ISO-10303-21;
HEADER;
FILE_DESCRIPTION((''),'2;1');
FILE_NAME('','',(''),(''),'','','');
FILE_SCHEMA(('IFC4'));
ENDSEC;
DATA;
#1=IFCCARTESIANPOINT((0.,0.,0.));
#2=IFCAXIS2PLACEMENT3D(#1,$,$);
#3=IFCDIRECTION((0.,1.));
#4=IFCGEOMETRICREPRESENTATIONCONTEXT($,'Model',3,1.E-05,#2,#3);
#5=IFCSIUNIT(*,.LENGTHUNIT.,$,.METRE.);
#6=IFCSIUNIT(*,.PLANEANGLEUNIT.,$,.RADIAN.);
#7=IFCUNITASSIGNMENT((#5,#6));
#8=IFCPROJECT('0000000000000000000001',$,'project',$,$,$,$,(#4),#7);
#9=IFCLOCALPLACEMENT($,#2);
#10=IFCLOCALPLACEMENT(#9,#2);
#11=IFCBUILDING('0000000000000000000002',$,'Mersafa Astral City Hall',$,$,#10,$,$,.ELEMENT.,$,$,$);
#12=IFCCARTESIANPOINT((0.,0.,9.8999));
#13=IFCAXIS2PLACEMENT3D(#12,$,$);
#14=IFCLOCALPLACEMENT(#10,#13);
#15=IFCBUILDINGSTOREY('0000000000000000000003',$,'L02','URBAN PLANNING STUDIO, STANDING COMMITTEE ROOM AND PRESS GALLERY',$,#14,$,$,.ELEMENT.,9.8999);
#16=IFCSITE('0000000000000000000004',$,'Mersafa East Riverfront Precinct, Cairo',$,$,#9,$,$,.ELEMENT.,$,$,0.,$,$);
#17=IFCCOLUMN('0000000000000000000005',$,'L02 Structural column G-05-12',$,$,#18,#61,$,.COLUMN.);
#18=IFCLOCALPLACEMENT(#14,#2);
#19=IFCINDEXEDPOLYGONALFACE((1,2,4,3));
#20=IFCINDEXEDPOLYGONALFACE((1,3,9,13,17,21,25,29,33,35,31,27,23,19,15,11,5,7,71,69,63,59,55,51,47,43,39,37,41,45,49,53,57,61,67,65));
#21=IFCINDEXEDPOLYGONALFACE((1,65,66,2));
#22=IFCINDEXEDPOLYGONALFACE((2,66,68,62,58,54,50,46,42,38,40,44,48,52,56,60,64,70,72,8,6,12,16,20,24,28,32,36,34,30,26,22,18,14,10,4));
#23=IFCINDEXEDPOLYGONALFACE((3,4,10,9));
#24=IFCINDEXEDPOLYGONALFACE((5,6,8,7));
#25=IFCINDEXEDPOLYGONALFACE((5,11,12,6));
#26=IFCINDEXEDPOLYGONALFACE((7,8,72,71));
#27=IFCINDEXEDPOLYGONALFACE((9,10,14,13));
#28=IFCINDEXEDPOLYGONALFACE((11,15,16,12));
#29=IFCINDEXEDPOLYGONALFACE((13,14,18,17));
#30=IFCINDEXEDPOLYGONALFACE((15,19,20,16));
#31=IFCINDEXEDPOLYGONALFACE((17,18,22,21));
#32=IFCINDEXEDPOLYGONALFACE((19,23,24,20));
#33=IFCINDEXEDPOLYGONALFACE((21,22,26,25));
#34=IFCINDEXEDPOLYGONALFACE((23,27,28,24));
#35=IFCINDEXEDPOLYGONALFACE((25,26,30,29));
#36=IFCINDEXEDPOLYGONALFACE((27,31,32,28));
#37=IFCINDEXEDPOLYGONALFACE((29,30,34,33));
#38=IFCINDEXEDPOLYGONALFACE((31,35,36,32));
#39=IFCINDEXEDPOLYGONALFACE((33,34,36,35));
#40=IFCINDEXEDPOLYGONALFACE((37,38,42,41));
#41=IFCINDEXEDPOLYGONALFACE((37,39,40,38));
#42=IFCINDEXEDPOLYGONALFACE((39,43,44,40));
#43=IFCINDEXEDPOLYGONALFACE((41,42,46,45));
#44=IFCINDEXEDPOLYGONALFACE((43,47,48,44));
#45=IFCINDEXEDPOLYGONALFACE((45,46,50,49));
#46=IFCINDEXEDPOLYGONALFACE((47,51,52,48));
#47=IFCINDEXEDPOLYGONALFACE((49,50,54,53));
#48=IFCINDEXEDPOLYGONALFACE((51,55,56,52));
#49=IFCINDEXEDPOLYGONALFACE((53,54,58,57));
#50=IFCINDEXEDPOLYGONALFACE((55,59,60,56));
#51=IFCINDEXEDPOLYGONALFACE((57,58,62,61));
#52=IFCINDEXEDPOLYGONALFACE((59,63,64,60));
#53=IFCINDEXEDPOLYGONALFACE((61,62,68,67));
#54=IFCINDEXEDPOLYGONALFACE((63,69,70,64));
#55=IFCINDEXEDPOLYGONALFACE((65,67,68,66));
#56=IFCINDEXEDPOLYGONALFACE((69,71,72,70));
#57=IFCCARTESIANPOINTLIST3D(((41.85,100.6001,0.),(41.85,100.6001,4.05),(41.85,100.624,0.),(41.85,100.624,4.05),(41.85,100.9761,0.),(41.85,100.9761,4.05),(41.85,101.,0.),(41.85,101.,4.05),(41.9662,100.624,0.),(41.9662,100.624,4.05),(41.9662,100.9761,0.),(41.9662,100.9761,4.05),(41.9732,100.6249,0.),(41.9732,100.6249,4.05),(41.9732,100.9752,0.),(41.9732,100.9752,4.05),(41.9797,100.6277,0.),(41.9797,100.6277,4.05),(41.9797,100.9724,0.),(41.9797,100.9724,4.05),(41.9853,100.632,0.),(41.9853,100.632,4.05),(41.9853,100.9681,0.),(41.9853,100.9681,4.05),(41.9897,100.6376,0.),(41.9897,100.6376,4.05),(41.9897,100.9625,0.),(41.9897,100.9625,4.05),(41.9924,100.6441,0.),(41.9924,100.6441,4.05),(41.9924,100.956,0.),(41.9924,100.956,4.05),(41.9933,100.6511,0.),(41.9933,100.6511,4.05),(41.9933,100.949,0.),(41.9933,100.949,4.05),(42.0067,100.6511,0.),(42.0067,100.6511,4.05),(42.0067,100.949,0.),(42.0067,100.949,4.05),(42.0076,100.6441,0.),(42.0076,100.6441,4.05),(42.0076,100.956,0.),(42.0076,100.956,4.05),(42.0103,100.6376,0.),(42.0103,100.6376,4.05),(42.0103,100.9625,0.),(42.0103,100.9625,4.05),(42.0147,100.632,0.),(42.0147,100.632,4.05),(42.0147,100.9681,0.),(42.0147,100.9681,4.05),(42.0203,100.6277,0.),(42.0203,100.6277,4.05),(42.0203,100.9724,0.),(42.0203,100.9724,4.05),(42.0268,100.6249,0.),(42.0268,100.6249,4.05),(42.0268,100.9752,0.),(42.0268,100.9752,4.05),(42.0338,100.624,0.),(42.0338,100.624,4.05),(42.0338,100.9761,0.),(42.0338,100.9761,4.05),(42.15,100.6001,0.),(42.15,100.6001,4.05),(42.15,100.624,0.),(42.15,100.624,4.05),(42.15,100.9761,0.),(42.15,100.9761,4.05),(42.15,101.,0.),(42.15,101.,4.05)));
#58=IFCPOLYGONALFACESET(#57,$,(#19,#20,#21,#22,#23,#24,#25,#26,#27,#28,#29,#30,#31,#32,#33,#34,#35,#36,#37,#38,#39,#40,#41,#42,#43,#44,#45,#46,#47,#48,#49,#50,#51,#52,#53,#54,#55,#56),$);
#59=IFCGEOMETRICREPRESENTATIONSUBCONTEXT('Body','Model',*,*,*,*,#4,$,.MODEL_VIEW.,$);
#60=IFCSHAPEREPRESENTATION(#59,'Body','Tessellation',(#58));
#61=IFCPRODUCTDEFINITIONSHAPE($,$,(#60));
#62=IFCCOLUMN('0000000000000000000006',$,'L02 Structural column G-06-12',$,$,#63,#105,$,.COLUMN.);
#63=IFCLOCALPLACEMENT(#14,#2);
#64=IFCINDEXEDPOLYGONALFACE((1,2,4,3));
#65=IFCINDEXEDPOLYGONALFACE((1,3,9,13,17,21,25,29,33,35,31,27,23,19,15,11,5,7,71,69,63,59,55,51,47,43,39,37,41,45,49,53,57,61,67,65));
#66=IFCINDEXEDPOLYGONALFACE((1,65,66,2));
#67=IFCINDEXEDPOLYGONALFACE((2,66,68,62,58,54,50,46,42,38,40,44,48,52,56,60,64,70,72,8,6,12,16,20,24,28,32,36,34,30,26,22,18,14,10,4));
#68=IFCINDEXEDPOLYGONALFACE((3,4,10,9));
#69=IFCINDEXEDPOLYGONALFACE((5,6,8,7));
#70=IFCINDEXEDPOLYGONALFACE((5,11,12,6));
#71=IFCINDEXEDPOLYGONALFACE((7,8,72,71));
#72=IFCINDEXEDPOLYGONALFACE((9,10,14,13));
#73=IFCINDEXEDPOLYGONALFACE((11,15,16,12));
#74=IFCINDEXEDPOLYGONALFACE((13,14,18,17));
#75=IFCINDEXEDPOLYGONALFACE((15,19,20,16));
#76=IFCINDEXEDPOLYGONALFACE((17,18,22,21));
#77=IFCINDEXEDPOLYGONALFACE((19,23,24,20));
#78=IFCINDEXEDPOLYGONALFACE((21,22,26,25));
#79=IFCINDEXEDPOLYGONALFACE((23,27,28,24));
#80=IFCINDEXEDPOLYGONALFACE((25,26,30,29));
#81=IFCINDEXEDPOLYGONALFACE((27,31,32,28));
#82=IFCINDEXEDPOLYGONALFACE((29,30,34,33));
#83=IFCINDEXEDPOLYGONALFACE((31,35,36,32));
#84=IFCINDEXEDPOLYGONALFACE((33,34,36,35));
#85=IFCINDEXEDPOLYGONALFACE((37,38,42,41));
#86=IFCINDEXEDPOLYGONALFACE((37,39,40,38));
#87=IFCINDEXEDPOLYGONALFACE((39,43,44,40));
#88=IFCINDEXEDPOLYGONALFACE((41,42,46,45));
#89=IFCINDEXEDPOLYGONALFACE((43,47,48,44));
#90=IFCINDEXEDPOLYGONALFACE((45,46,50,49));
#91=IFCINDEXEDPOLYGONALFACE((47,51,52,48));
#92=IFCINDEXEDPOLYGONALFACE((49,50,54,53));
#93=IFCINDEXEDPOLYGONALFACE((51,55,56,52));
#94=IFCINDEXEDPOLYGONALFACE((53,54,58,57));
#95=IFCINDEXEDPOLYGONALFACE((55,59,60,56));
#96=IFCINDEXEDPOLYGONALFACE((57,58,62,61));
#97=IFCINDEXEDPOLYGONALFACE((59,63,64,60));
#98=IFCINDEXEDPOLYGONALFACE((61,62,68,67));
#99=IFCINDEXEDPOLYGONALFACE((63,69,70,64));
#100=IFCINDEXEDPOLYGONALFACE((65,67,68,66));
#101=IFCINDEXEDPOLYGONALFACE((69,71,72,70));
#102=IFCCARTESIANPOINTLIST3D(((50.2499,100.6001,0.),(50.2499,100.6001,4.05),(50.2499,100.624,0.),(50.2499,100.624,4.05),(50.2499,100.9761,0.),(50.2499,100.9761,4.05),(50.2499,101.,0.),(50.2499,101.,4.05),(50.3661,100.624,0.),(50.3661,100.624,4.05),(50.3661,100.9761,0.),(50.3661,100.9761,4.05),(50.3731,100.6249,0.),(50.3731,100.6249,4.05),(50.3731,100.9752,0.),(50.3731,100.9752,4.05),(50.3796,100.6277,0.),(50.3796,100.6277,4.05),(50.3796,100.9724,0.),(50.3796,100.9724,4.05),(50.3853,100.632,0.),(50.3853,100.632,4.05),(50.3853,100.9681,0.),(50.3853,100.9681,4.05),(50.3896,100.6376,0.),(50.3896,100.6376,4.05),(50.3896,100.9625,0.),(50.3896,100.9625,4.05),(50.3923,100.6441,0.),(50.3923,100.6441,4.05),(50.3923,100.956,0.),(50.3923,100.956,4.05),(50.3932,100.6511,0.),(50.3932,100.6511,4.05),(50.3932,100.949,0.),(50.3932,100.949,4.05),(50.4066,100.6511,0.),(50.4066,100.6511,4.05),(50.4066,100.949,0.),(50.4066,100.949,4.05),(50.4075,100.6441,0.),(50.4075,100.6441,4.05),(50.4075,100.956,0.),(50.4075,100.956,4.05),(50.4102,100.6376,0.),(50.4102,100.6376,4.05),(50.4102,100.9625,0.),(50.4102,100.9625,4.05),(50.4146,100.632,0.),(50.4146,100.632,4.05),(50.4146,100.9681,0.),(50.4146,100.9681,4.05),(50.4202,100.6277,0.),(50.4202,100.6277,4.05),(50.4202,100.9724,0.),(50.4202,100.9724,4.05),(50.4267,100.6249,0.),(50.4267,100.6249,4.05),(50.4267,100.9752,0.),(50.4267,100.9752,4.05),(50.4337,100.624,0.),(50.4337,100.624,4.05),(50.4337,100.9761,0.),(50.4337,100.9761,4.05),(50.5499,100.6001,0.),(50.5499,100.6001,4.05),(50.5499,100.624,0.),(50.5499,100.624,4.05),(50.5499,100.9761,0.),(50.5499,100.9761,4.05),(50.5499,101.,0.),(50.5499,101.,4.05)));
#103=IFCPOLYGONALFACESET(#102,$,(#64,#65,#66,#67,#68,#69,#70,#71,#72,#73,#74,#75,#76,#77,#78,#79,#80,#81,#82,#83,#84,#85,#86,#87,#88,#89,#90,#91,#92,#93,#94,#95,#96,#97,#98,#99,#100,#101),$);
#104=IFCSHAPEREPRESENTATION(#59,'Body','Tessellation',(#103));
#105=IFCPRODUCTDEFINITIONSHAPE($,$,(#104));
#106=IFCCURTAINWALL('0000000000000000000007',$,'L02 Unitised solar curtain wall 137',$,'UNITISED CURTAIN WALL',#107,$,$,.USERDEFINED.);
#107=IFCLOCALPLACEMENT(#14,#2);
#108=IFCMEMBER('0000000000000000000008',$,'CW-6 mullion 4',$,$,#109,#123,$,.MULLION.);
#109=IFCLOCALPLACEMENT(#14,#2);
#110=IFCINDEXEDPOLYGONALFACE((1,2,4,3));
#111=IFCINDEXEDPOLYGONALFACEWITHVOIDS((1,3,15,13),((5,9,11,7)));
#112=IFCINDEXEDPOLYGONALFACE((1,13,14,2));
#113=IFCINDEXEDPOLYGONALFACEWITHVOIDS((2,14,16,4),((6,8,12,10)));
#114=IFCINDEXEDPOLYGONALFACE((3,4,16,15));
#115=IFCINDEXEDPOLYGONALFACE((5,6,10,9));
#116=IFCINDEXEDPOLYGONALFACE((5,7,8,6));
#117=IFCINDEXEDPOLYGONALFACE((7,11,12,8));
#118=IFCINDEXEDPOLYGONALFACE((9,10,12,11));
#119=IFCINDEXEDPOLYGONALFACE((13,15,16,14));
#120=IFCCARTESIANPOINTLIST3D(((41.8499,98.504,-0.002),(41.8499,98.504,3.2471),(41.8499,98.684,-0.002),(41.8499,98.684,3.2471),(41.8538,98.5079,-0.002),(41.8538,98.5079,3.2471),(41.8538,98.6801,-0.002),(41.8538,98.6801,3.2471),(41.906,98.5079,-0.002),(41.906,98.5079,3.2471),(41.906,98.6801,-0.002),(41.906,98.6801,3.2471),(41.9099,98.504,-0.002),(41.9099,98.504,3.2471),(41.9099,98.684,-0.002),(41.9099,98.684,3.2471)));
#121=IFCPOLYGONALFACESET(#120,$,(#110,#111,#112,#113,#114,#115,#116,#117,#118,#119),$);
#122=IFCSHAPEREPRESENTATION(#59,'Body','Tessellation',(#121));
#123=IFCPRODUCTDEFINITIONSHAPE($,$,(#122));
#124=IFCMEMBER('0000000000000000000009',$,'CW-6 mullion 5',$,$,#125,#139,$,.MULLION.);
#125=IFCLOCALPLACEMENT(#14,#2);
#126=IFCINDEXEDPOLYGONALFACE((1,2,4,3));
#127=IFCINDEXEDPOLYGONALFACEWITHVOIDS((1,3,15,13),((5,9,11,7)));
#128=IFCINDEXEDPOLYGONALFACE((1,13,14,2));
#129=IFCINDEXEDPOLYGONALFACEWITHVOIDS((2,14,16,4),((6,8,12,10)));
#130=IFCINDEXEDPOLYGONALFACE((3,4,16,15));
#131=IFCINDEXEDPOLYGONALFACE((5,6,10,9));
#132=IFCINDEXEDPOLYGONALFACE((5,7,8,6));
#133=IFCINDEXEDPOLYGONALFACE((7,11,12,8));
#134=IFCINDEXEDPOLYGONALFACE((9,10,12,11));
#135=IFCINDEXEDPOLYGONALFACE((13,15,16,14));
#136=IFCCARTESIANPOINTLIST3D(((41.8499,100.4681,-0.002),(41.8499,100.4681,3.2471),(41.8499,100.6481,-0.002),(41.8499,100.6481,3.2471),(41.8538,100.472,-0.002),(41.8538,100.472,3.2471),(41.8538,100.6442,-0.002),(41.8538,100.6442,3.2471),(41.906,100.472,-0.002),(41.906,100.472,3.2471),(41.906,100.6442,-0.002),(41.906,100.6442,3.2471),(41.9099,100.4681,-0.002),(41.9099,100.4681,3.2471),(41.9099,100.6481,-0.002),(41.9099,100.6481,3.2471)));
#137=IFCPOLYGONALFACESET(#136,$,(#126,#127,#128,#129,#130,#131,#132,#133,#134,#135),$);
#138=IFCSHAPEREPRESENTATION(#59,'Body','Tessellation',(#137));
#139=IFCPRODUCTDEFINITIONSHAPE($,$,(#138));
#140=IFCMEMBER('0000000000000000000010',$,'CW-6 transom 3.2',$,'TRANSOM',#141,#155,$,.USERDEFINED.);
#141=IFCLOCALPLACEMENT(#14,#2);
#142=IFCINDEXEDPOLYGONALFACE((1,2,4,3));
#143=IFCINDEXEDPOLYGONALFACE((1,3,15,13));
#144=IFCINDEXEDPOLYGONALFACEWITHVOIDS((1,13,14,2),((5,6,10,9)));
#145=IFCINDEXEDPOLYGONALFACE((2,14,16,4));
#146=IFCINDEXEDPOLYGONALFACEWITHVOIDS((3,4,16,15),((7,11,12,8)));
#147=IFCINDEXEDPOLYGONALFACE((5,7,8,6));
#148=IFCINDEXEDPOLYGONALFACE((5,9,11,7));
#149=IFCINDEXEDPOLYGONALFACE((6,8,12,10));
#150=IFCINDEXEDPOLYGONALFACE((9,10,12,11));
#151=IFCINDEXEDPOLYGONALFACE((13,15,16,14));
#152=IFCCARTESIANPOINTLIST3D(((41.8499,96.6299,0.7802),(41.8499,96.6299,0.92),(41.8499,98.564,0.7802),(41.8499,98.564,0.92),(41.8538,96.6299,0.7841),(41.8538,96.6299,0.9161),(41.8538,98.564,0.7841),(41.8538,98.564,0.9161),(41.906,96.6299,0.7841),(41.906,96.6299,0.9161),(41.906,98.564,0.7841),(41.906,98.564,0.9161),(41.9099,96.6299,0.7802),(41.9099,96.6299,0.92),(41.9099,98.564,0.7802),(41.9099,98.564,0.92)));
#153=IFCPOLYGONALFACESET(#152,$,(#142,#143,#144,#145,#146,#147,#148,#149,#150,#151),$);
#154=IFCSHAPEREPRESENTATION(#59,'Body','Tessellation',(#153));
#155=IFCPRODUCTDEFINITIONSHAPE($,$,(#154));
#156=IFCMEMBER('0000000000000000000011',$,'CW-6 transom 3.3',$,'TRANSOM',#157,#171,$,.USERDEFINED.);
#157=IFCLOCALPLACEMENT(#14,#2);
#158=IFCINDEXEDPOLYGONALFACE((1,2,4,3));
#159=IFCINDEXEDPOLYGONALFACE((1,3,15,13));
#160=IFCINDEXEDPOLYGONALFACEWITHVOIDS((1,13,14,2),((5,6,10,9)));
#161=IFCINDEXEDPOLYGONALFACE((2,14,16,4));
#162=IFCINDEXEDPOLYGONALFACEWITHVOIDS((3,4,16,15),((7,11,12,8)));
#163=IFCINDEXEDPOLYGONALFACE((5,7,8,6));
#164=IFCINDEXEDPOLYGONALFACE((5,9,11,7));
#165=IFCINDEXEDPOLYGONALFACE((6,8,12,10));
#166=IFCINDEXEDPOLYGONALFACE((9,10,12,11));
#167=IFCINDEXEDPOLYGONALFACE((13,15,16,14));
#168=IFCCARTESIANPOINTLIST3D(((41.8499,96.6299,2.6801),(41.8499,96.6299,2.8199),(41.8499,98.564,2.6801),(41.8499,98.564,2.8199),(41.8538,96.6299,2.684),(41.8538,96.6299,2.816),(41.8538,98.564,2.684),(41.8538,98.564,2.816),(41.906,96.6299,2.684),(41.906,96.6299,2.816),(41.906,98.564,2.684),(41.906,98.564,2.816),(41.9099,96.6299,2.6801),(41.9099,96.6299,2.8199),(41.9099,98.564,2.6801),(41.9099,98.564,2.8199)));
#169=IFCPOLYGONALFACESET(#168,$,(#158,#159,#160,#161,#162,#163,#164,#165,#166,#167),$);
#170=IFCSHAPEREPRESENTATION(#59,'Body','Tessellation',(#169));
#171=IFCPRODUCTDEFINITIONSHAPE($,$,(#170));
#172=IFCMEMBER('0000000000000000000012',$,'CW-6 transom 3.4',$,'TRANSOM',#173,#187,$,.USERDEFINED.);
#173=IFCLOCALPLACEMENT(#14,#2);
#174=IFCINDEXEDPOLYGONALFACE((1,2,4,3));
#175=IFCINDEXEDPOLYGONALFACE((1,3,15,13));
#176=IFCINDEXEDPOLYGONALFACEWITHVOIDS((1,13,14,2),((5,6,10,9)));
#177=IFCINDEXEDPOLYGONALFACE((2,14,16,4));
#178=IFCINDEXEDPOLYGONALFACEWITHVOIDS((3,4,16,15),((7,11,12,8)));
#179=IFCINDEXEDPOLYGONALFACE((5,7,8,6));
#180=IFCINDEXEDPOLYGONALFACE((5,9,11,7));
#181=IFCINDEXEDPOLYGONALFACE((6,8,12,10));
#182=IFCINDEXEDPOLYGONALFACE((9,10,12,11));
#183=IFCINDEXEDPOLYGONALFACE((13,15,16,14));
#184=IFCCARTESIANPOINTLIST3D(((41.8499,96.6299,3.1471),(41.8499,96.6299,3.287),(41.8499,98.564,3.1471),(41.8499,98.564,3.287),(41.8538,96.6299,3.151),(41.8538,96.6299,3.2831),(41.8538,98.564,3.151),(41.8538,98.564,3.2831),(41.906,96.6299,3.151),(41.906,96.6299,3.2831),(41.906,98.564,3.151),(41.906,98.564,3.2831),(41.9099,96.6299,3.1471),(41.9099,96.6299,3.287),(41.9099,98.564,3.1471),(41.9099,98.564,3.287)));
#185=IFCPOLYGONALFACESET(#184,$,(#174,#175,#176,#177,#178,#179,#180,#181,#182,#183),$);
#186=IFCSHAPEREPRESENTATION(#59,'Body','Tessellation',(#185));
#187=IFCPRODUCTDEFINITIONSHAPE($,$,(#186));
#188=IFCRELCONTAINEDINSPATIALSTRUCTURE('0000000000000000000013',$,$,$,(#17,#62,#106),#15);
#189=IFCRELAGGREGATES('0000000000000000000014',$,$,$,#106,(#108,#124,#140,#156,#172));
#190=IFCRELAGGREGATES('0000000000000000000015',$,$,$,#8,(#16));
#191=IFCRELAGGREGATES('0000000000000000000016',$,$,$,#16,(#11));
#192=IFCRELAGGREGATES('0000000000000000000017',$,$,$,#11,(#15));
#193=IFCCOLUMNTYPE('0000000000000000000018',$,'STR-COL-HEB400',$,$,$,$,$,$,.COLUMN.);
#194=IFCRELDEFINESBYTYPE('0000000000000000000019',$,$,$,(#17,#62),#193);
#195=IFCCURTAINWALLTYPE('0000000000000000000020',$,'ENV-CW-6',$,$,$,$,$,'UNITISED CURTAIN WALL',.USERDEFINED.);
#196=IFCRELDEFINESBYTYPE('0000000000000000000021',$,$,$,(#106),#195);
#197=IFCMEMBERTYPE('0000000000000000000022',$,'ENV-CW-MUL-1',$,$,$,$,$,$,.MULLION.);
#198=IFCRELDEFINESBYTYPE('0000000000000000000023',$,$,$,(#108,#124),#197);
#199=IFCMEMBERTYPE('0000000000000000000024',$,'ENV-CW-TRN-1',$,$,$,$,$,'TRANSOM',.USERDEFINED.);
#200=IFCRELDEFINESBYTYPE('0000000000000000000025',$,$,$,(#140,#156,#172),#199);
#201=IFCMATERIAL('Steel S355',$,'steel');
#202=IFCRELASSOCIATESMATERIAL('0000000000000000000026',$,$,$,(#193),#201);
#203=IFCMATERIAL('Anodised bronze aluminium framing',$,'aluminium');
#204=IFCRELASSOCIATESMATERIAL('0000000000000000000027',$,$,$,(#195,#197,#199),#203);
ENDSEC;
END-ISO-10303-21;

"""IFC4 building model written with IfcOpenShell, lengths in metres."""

from ifc_helpers import new_model, si_unit, direction, frame, origin, origin_2d, place, context, subcontext, project, spatial, hollow_rectangle, i_section, extrude, material, material_profile, profile_set, type_object, element, aggregate, save


model = new_model("IFC4")

# Units and contexts
model_context = context("Model", 3, precision=1e-05, world=origin(), true_north=direction((0.0, 1.0)))
body_context = subcontext(model_context, "Body", "Model", "MODEL_VIEW")
ifc_project = project(units=[si_unit("LENGTHUNIT", "METRE"), si_unit("PLANEANGLEUNIT", "RADIAN")], contexts=[model_context])

# Site, building, storey
site_placement = place(None, origin())
site = spatial("IfcSite", under=ifc_project, at=site_placement, Name="Mersafa East Riverfront Precinct, Cairo", CompositionType="ELEMENT", RefElevation=0.0)
building_placement = place(site_placement, origin())
building = spatial("IfcBuilding", under=site, at=building_placement, Name="Mersafa Astral City Hall", CompositionType="ELEMENT")
storey_placement = place(building_placement, frame((0.0, 0.0, 9.8999)))
storey = spatial("IfcBuildingStorey", under=building, at=storey_placement, Name="L02", Description="URBAN PLANNING STUDIO, STANDING COMMITTEE ROOM AND PRESS GALLERY", CompositionType="ELEMENT", Elevation=9.8999)

# Columns
ifc_material_1 = material(Name="Steel S355", Category="steel")
ifc_material_profile_1 = material_profile(ifc_material_1, i_section(OverallWidth=0.3, OverallDepth=0.3999, WebThickness=0.0134, FlangeThickness=0.0239, FilletRadius=0.0271, at=origin_2d()), Name="HEB 400")
ifc_profile_set_1 = profile_set([ifc_material_profile_1], Name="Steel S355")
column_type = type_object("IfcColumnType", Name="STR-COL-HEB400", PredefinedType="COLUMN", material=ifc_profile_set_1)
for number, where, z_axis, x_axis, name in (
    (1, (42.0, 100.8, 0.0), (0.0, 0.0, 1.0), (1.0, 0.0, 0.0), "L02 Structural column G-05-12"),
    (2, (50.3999, 100.8, 0.0), (0.0, 0.0, 1.0), (1.0, 0.0, 0.0), "L02 Structural column G-06-12"),
):
    element("IfcColumn", number, at=place(storey_placement, frame(where, z_axis=z_axis, x_axis=x_axis)), inside=storey, type_object=column_type, Name=name, PredefinedType="COLUMN", context=body_context, shape_type="SweptSolid", body=[
        extrude(i_section(OverallWidth=0.3, OverallDepth=0.3999, WebThickness=0.0134, FlangeThickness=0.0239, FilletRadius=0.0271, at=origin_2d()), origin(), (0.0, 0.0, 1.0), 4.05),
    ])

# Curtain wall, members
ifc_material_2 = material(Name="Anodised bronze aluminium framing", Category="aluminium")
curtain_wall_type = type_object("IfcCurtainWallType", Name="ENV-CW-6", ElementType="UNITISED CURTAIN WALL", PredefinedType="USERDEFINED", material=ifc_material_2)
curtain_wall_placement = place(storey_placement, origin())
curtain_wall = element("IfcCurtainWall", 3, at=curtain_wall_placement, inside=storey, type_object=curtain_wall_type, Name="L02 Unitised solar curtain wall 137", ObjectType="UNITISED CURTAIN WALL", PredefinedType="USERDEFINED")
ifc_material_profile_2 = material_profile(ifc_material_2, hollow_rectangle(XDim=0.0601, YDim=0.1799, WallThickness=0.0039, at=origin_2d()), Name="RHS 60x180x4")
ifc_profile_set_2 = profile_set([ifc_material_profile_2], Name="Anodised bronze aluminium framing")
member_type_1 = type_object("IfcMemberType", Name="ENV-CW-MUL-1", PredefinedType="MULLION", material=ifc_profile_set_2)
member_1_placement = place(storey_placement, frame((41.8799, 98.594, -0.002), z_axis=(0.0, 0.0, 1.0), x_axis=(-1.0, 0.0, 0.0)))
member_1 = element("IfcMember", 4, at=member_1_placement, type_object=member_type_1, Name="CW-6 mullion 4", PredefinedType="MULLION", context=body_context, shape_type="SweptSolid", body=[
    extrude(hollow_rectangle(XDim=0.0601, YDim=0.1799, WallThickness=0.0039, at=origin_2d()), origin(), (0.0, 0.0, 1.0), 3.249),
])
member_2_placement = place(storey_placement, frame((41.8799, 100.5581, -0.002), z_axis=(0.0, 0.0, 1.0), x_axis=(-1.0, 0.0, 0.0)))
member_2 = element("IfcMember", 5, at=member_2_placement, type_object=member_type_1, Name="CW-6 mullion 5", PredefinedType="MULLION", context=body_context, shape_type="SweptSolid", body=[
    extrude(hollow_rectangle(XDim=0.0601, YDim=0.1799, WallThickness=0.0039, at=origin_2d()), origin(), (0.0, 0.0, 1.0), 3.249),
])
ifc_material_profile_3 = material_profile(ifc_material_2, hollow_rectangle(XDim=0.0601, YDim=0.1399, WallThickness=0.0039, at=origin_2d()), Name="RHS 60x140x4")
ifc_profile_set_3 = profile_set([ifc_material_profile_3], Name="Anodised bronze aluminium framing")
member_type_2 = type_object("IfcMemberType", Name="ENV-CW-TRN-1", ElementType="TRANSOM", PredefinedType="USERDEFINED", material=ifc_profile_set_3)
member_3_placement = place(storey_placement, frame((41.8799, 96.6299, 0.8501), z_axis=(0.0, 1.0, 0.0), x_axis=(-1.0, 0.0, 0.0)))
member_3 = element("IfcMember", 6, at=member_3_placement, type_object=member_type_2, Name="CW-6 transom 3.2", ObjectType="TRANSOM", PredefinedType="USERDEFINED", context=body_context, shape_type="SweptSolid", body=[
    extrude(hollow_rectangle(XDim=0.0601, YDim=0.1399, WallThickness=0.0039, at=origin_2d()), origin(), (0.0, 0.0, 1.0), 1.9341),
])
member_4_placement = place(storey_placement, frame((41.8799, 96.6299, 2.75), z_axis=(0.0, 1.0, 0.0), x_axis=(-1.0, 0.0, 0.0)))
member_4 = element("IfcMember", 7, at=member_4_placement, type_object=member_type_2, Name="CW-6 transom 3.3", ObjectType="TRANSOM", PredefinedType="USERDEFINED", context=body_context, shape_type="SweptSolid", body=[
    extrude(hollow_rectangle(XDim=0.0601, YDim=0.1399, WallThickness=0.0039, at=origin_2d()), origin(), (0.0, 0.0, 1.0), 1.9341),
])
member_5_placement = place(storey_placement, frame((41.8799, 96.6299, 3.217), z_axis=(0.0, 1.0, 0.0), x_axis=(-1.0, 0.0, 0.0)))
member_5 = element("IfcMember", 8, at=member_5_placement, type_object=member_type_2, Name="CW-6 transom 3.4", ObjectType="TRANSOM", PredefinedType="USERDEFINED", context=body_context, shape_type="SweptSolid", body=[
    extrude(hollow_rectangle(XDim=0.0601, YDim=0.1399, WallThickness=0.0039, at=origin_2d()), origin(), (0.0, 0.0, 1.0), 1.9341),
])

aggregate(curtain_wall, [member_1, member_2, member_3, member_4, member_5])

save(model, "model.ifc")
